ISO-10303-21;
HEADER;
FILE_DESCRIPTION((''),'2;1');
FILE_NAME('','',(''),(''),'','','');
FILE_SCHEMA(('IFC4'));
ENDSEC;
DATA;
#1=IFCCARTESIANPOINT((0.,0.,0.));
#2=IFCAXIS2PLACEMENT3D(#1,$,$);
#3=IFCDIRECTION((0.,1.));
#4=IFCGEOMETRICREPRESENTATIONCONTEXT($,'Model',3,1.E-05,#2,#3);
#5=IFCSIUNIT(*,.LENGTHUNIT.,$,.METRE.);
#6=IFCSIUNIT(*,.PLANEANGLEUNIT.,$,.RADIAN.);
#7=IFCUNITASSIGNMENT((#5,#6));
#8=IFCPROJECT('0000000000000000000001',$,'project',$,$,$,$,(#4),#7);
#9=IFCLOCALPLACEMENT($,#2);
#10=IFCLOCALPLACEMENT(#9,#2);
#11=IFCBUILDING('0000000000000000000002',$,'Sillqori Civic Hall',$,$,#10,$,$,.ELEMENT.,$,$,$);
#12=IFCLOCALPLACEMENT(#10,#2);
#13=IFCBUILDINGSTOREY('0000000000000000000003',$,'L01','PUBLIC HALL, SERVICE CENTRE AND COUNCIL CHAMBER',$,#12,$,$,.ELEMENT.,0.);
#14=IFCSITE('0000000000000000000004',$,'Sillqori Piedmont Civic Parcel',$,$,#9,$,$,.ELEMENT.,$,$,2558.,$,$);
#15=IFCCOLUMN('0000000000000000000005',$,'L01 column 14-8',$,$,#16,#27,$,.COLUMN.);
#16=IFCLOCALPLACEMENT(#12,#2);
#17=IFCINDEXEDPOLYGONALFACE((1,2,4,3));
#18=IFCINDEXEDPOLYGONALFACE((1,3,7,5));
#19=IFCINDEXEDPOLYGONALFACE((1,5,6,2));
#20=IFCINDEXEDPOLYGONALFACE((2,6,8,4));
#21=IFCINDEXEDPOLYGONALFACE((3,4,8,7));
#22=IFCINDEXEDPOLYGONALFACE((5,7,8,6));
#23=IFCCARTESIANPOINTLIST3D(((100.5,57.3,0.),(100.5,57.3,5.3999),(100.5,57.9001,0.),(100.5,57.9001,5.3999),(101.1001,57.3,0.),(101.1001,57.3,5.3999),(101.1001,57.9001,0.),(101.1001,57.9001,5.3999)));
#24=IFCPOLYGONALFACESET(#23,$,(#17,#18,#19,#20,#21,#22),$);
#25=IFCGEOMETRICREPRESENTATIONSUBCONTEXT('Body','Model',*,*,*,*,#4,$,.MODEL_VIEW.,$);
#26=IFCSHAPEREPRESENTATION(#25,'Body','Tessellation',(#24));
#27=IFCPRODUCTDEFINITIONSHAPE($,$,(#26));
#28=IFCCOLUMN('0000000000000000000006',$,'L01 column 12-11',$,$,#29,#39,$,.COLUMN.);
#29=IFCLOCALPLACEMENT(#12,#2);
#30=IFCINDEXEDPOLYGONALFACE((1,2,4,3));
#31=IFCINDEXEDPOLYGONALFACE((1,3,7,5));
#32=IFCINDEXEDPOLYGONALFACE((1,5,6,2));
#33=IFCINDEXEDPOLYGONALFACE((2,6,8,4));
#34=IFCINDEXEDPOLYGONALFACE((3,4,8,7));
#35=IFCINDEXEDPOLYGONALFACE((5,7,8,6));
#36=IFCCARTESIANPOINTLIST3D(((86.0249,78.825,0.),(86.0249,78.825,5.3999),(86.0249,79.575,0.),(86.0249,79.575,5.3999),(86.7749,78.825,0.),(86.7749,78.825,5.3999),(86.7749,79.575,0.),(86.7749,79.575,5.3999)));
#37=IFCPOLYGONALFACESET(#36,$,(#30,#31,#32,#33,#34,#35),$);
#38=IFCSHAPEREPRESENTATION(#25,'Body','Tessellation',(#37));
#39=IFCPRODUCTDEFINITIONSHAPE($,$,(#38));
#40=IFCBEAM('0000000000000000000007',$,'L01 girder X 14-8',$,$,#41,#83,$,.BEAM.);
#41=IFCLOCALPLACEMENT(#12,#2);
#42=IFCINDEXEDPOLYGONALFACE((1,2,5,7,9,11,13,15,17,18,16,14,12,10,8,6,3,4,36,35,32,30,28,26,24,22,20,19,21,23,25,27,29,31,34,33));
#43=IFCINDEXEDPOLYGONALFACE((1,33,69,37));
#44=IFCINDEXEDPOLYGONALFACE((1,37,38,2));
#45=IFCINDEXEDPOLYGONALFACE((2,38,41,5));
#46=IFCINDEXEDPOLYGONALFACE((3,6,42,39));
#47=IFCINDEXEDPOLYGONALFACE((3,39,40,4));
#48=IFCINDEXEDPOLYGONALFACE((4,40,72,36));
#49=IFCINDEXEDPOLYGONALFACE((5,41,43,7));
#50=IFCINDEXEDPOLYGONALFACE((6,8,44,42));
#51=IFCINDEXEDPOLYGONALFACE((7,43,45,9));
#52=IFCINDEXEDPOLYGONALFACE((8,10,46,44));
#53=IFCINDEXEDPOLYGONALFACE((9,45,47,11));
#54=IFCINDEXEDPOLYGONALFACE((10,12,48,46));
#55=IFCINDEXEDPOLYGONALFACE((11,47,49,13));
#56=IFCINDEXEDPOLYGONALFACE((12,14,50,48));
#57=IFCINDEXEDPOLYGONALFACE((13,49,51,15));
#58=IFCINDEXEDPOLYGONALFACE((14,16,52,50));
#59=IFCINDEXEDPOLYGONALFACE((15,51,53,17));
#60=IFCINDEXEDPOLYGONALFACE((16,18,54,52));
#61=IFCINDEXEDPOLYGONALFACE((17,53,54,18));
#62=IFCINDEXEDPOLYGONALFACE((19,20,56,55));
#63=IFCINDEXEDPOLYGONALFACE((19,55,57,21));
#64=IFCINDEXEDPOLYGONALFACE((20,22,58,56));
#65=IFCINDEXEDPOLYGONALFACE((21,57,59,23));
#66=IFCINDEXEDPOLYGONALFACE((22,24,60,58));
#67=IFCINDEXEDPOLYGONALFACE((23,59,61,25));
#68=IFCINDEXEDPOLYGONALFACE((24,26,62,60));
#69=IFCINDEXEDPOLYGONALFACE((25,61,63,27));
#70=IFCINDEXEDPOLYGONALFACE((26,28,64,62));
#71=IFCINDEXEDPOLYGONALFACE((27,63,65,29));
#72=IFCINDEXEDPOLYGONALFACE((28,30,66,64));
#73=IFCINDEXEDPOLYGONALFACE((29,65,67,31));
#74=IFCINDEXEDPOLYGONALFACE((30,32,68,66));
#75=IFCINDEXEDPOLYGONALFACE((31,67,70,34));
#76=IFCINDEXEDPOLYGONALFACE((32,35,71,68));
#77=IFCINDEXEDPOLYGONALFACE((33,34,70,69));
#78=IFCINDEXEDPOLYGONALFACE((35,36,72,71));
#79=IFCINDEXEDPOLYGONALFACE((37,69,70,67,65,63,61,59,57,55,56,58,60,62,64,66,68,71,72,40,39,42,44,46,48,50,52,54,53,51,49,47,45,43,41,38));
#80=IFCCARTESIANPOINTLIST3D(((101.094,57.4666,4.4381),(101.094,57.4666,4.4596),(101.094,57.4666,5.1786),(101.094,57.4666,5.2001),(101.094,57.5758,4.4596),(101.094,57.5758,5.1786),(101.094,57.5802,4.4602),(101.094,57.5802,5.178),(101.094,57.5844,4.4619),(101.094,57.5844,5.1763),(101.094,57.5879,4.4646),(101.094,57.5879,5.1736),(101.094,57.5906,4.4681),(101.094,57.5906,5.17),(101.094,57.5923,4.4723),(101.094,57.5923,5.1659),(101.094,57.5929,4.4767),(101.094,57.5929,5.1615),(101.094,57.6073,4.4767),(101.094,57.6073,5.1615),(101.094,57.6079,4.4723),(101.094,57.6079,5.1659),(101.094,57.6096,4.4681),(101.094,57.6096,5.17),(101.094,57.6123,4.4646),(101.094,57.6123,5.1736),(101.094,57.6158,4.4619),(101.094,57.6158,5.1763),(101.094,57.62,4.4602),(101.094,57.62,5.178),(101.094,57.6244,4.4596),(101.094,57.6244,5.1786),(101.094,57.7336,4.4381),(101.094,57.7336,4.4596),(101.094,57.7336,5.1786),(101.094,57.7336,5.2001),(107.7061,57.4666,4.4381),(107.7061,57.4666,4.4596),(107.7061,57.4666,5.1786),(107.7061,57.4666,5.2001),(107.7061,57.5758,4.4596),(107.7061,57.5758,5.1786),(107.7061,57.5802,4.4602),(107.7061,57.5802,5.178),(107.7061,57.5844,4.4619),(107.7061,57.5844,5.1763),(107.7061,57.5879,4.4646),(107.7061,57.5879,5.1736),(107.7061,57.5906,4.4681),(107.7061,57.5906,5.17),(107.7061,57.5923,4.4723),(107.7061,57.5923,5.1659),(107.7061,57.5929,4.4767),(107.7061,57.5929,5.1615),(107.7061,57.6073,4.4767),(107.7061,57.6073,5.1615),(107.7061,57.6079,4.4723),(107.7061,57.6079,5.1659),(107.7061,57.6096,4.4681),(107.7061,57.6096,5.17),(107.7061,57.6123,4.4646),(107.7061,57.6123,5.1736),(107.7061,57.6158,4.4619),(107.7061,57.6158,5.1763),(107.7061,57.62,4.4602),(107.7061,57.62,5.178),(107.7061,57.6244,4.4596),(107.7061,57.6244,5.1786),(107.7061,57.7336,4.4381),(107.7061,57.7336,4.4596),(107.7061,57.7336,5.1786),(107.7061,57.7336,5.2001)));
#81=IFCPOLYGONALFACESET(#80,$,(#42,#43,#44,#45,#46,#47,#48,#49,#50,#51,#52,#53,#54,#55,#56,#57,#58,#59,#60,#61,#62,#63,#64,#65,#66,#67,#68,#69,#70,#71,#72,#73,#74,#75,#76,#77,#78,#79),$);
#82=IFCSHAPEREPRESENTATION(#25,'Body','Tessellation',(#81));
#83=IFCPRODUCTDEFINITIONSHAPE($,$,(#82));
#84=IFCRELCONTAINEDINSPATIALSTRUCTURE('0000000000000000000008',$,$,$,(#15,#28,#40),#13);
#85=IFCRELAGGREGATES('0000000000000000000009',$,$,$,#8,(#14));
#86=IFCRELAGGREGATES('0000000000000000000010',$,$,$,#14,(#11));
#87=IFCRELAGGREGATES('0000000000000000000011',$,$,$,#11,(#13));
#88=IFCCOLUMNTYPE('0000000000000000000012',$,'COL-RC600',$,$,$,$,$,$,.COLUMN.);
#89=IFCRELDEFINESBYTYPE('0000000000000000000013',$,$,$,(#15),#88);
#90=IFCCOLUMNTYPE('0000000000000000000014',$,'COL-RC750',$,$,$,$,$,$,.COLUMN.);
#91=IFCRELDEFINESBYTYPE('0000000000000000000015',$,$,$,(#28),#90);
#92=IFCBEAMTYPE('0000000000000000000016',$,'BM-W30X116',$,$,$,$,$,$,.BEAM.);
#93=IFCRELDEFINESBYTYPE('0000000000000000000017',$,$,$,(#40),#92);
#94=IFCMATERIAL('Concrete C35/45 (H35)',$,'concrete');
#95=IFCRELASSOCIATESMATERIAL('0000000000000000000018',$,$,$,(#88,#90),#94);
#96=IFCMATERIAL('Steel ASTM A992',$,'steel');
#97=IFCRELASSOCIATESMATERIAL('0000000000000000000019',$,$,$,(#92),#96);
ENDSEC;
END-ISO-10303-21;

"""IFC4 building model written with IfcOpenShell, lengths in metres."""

from ifc_helpers import new_model, si_unit, direction, frame, origin, origin_2d, place, context, subcontext, project, spatial, rectangle, i_section, extrude, material, material_profile, profile_set, type_object, element, save


model = new_model("IFC4")

# Units and contexts
model_context = context("Model", 3, precision=1e-05, world=origin(), true_north=direction((0.0, 1.0)))
body_context = subcontext(model_context, "Body", "Model", "MODEL_VIEW")
ifc_project = project(units=[si_unit("LENGTHUNIT", "METRE"), si_unit("PLANEANGLEUNIT", "RADIAN")], contexts=[model_context])

# Site, building, storey
site_placement = place(None, origin())
site = spatial("IfcSite", under=ifc_project, at=site_placement, Name="Sillqori Piedmont Civic Parcel", CompositionType="ELEMENT", RefElevation=2558.0)
building_placement = place(site_placement, origin())
building = spatial("IfcBuilding", under=site, at=building_placement, Name="Sillqori Civic Hall", CompositionType="ELEMENT")
storey_placement = place(building_placement, origin())
storey = spatial("IfcBuildingStorey", under=building, at=storey_placement, Name="L01", Description="PUBLIC HALL, SERVICE CENTRE AND COUNCIL CHAMBER", CompositionType="ELEMENT", Elevation=0.0)

# Columns
ifc_material_1 = material(Name="Concrete C35/45 (H35)", Category="concrete")
ifc_material_profile_1 = material_profile(ifc_material_1, rectangle(XDim=0.6001, YDim=0.6001, at=origin_2d()), Name="RC 600x600")
ifc_profile_set_1 = profile_set([ifc_material_profile_1], Name="Concrete C35/45 (H35)")
column_type_1 = type_object("IfcColumnType", Name="COL-RC600", PredefinedType="COLUMN", material=ifc_profile_set_1)
column_1_placement = place(storey_placement, frame((100.8, 57.6001, 0.0), z_axis=(0.0, 0.0, 1.0), x_axis=(1.0, 0.0, 0.0)))
element("IfcColumn", 1, at=column_1_placement, inside=storey, type_object=column_type_1, Name="L01 column 14-8", PredefinedType="COLUMN", context=body_context, shape_type="SweptSolid", body=[
    extrude(rectangle(XDim=0.6001, YDim=0.6001, at=origin_2d()), origin(), (0.0, 0.0, 1.0), 5.3999),
])
ifc_material_profile_2 = material_profile(ifc_material_1, rectangle(XDim=0.75, YDim=0.75, at=origin_2d()), Name="RC 750x750")
ifc_profile_set_2 = profile_set([ifc_material_profile_2], Name="Concrete C35/45 (H35)")
column_type_2 = type_object("IfcColumnType", Name="COL-RC750", PredefinedType="COLUMN", material=ifc_profile_set_2)
column_2_placement = place(storey_placement, frame((86.3999, 79.2, 0.0), z_axis=(0.0, 0.0, 1.0), x_axis=(1.0, 0.0, 0.0)))
element("IfcColumn", 2, at=column_2_placement, inside=storey, type_object=column_type_2, Name="L01 column 12-11", PredefinedType="COLUMN", context=body_context, shape_type="SweptSolid", body=[
    extrude(rectangle(XDim=0.75, YDim=0.75, at=origin_2d()), origin(), (0.0, 0.0, 1.0), 5.3999),
])

# Beam
ifc_material_2 = material(Name="Steel ASTM A992", Category="steel")
ifc_material_profile_3 = material_profile(ifc_material_2, i_section(OverallWidth=0.2671, OverallDepth=0.762, WebThickness=0.0144, FlangeThickness=0.0215, FilletRadius=0.0171, at=origin_2d()), Name="W30X116")
ifc_profile_set_3 = profile_set([ifc_material_profile_3], Name="Steel ASTM A992")
beam_type = type_object("IfcBeamType", Name="BM-W30X116", PredefinedType="BEAM", material=ifc_profile_set_3)
beam_placement = place(storey_placement, frame((101.094, 57.6001, 4.8191), z_axis=(1.0, 0.0, 0.0), x_axis=(0.0, 1.0, 0.0)))
element("IfcBeam", 3, at=beam_placement, inside=storey, type_object=beam_type, Name="L01 girder X 14-8", PredefinedType="BEAM", context=body_context, shape_type="SweptSolid", body=[
    extrude(i_section(OverallWidth=0.2671, OverallDepth=0.762, WebThickness=0.0144, FlangeThickness=0.0215, FilletRadius=0.0171, at=origin_2d()), origin(), (0.0, 0.0, 1.0), 6.6121),
])

save(model, "model.ifc")
